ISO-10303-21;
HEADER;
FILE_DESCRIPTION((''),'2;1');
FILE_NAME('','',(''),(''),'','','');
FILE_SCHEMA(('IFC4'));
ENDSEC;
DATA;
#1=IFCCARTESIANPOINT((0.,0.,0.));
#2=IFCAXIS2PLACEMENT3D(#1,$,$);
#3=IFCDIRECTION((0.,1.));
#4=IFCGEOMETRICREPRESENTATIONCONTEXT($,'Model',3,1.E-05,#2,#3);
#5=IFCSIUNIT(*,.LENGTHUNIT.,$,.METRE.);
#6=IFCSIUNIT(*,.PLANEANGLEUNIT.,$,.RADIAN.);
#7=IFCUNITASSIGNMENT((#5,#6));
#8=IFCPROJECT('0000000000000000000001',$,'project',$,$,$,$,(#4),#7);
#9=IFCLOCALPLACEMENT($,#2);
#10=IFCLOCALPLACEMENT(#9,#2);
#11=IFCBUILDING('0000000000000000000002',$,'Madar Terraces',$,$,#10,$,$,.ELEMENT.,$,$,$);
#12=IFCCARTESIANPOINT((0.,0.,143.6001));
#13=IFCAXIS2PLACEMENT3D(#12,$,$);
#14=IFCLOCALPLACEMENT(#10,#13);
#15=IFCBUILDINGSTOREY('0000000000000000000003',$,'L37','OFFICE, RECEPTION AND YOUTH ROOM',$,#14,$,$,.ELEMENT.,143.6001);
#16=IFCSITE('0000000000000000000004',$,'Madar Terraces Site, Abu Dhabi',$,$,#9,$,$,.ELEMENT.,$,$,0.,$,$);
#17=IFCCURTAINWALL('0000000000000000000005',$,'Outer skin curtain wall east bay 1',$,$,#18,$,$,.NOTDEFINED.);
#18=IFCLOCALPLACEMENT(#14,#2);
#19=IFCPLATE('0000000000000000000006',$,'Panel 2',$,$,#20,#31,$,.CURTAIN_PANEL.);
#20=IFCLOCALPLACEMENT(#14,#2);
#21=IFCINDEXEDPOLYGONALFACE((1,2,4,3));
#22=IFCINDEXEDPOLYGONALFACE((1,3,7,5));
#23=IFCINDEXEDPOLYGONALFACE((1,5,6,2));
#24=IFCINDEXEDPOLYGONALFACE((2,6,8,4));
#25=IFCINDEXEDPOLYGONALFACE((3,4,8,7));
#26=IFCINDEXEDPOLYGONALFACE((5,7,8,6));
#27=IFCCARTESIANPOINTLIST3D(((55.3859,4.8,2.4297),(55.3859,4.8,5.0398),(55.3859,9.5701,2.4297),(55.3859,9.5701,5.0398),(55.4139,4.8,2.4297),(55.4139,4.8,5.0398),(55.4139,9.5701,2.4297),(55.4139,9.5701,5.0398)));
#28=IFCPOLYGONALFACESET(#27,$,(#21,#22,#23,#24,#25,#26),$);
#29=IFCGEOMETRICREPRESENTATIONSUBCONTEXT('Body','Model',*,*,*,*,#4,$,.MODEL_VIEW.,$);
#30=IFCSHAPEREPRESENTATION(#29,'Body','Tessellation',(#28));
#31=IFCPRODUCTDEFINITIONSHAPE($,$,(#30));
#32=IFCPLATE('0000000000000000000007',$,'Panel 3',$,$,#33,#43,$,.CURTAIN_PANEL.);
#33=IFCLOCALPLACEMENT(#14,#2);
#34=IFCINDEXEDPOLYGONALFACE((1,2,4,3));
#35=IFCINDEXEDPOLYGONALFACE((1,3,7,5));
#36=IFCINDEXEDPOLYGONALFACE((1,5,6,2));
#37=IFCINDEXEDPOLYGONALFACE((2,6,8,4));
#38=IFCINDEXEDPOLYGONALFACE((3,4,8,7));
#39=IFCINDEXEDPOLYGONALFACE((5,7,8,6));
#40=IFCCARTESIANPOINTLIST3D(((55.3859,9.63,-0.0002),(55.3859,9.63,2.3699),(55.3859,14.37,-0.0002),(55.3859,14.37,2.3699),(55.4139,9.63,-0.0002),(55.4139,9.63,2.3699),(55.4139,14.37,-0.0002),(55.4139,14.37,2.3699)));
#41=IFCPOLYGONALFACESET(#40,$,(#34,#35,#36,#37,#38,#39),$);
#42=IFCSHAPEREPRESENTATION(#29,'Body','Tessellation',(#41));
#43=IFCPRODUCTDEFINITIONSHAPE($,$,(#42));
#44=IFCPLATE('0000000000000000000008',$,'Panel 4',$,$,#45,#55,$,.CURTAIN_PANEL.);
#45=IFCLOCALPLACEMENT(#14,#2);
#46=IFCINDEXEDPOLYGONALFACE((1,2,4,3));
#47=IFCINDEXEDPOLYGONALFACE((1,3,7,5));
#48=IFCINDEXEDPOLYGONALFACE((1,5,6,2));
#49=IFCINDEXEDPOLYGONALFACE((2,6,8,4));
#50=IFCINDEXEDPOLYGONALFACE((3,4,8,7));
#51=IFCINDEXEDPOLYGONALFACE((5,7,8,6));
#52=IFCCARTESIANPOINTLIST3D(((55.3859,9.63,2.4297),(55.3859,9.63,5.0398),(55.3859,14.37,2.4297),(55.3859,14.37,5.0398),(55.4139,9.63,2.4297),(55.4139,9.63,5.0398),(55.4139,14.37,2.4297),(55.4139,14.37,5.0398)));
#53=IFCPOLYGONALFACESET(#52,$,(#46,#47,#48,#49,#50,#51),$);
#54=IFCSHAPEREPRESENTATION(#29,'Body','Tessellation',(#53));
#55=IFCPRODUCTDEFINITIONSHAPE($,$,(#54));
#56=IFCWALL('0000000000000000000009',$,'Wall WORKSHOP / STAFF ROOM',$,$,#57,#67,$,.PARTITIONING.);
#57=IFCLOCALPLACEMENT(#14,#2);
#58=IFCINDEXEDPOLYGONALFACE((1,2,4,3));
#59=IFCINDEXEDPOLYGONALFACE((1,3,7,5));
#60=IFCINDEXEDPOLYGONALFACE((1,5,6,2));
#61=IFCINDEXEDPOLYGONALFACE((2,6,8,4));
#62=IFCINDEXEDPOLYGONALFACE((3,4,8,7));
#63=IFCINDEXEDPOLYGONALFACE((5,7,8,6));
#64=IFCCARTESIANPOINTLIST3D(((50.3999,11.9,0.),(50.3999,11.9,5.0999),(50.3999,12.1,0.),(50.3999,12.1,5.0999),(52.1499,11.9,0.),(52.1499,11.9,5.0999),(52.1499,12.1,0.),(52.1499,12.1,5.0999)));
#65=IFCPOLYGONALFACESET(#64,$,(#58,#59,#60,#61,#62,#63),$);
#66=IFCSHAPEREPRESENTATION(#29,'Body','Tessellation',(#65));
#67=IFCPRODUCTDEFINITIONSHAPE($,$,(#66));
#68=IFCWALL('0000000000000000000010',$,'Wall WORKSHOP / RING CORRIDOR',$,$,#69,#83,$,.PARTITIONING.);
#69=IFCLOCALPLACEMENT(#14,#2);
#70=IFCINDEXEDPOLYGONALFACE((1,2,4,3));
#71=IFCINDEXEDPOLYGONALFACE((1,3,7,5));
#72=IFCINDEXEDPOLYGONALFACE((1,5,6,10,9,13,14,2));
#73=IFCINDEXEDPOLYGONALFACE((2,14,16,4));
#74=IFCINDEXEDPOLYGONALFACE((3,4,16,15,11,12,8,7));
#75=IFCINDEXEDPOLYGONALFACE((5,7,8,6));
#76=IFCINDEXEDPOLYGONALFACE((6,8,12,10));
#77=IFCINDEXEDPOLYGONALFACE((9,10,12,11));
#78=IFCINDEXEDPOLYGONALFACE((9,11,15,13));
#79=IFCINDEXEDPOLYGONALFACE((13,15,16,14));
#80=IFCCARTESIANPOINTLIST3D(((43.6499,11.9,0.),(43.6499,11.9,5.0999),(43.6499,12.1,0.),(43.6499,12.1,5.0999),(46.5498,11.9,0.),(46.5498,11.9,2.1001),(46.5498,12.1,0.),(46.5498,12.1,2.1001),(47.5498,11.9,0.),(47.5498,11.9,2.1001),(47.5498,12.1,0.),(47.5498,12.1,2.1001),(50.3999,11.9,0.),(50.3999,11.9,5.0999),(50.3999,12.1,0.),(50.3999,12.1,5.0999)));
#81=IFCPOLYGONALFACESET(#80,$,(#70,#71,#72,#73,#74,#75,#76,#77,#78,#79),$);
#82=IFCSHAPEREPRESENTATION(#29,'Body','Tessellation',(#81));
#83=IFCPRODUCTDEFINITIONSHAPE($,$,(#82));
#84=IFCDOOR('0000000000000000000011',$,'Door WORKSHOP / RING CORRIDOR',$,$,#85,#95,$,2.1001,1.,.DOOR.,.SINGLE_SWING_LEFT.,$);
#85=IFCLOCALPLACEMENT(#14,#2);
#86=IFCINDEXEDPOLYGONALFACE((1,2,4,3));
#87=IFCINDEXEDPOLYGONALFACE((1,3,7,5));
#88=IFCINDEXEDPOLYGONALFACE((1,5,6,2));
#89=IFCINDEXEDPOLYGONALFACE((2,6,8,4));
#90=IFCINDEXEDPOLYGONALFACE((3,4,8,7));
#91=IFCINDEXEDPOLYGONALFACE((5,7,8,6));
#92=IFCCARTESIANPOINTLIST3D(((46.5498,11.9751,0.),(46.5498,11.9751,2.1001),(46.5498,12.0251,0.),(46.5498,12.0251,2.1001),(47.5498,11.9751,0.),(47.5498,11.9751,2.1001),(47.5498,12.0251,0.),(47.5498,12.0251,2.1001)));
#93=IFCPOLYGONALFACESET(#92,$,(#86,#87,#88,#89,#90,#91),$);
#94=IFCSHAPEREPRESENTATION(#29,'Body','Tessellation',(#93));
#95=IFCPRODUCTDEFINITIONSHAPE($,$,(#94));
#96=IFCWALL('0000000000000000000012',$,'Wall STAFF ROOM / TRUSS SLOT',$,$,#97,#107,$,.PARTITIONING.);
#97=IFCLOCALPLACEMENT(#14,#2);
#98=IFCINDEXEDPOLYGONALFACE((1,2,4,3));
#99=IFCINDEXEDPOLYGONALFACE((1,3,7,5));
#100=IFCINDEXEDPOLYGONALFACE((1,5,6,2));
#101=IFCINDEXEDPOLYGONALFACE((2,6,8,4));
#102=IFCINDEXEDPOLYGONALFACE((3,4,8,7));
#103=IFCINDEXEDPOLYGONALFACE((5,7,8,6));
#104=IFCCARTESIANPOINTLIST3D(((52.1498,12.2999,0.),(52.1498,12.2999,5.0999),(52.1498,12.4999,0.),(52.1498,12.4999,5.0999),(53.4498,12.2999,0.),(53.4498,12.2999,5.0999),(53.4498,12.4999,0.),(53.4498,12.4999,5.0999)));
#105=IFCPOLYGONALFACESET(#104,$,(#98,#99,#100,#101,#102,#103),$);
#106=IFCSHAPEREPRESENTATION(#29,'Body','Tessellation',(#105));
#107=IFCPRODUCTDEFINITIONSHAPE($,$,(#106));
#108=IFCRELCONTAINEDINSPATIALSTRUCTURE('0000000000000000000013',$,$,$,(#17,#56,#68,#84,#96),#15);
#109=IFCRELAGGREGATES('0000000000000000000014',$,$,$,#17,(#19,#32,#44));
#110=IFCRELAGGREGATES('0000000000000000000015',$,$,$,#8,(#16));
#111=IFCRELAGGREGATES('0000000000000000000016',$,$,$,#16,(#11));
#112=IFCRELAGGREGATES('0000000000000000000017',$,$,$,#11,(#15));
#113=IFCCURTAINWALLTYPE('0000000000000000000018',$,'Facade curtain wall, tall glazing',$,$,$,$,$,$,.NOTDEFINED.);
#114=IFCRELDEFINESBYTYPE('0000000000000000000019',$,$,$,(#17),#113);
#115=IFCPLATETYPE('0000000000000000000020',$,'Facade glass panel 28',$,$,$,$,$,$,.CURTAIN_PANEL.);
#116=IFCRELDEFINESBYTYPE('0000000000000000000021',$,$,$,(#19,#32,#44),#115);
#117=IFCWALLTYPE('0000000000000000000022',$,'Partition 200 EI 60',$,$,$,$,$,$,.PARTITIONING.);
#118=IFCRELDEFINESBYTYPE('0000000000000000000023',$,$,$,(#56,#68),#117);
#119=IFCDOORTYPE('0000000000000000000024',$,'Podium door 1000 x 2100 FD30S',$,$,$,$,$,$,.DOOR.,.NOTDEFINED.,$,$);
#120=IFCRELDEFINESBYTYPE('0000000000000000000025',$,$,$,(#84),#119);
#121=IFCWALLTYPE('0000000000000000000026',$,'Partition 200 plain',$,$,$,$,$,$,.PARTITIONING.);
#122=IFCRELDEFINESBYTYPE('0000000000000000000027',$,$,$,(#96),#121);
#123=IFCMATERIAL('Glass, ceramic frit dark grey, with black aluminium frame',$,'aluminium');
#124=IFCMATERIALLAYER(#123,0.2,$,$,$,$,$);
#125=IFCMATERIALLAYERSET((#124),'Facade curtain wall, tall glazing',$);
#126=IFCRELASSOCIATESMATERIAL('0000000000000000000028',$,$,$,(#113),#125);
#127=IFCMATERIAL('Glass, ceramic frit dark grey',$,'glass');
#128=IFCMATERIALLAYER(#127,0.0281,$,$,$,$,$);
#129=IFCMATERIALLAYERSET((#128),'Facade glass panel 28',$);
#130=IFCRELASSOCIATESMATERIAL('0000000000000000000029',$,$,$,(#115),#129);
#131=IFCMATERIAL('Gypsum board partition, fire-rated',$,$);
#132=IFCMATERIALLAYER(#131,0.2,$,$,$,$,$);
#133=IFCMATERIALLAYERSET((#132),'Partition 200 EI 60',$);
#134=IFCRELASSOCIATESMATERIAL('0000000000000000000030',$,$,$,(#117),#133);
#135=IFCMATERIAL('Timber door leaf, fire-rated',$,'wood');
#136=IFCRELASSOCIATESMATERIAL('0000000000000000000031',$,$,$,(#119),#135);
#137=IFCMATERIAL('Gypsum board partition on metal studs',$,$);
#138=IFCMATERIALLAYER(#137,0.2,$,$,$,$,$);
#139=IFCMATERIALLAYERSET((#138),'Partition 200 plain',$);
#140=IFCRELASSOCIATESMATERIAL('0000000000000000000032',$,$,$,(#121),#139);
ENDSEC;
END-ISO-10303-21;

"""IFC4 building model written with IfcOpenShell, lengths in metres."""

from ifc_helpers import new_model, si_unit, direction, frame, frame_2d, origin, origin_2d, place, context, subcontext, project, spatial, rectangle, extrude, material, layer, layer_set, type_object, element, fill, aggregate, save


model = new_model("IFC4")

# Units and contexts
model_context = context("Model", 3, precision=1e-05, world=origin(), true_north=direction((0.0, 1.0)))
body_context = subcontext(model_context, "Body", "Model", "MODEL_VIEW")
ifc_project = project(units=[si_unit("LENGTHUNIT", "METRE"), si_unit("PLANEANGLEUNIT", "RADIAN")], contexts=[model_context])

# Site, building, storey
site_placement = place(None, origin())
site = spatial("IfcSite", under=ifc_project, at=site_placement, Name="Madar Terraces Site, Abu Dhabi", CompositionType="ELEMENT", RefElevation=0.0)
building_placement = place(site_placement, origin())
building = spatial("IfcBuilding", under=site, at=building_placement, Name="Madar Terraces", CompositionType="ELEMENT")
storey_placement = place(building_placement, frame((0.0, 0.0, 143.6001)))
storey = spatial("IfcBuildingStorey", under=building, at=storey_placement, Name="L37", Description="OFFICE, RECEPTION AND YOUTH ROOM", CompositionType="ELEMENT", Elevation=143.6001)

# Curtain wall
ifc_material_1 = material(Name="Glass, ceramic frit dark grey, with black aluminium frame", Category="aluminium")
ifc_layer_1 = layer(ifc_material_1, 0.2)
ifc_layer_set_1 = layer_set([ifc_layer_1], Name="Facade curtain wall, tall glazing")
curtain_wall_type = type_object("IfcCurtainWallType", Name="Facade curtain wall, tall glazing", PredefinedType="NOTDEFINED", material=ifc_layer_set_1)
curtain_wall_placement = place(storey_placement, origin())
curtain_wall = element("IfcCurtainWall", 1, at=curtain_wall_placement, inside=storey, type_object=curtain_wall_type, Name="Outer skin curtain wall east bay 1", PredefinedType="NOTDEFINED")

# Plates
ifc_material_2 = material(Name="Glass, ceramic frit dark grey", Category="glass")
ifc_layer_2 = layer(ifc_material_2, 0.0281)
ifc_layer_set_2 = layer_set([ifc_layer_2], Name="Facade glass panel 28")
plate_type = type_object("IfcPlateType", Name="Facade glass panel 28", PredefinedType="CURTAIN_PANEL", material=ifc_layer_set_2)
plate_1_placement = place(storey_placement, frame((55.3999, 7.1851, 2.4297), z_axis=(0.0, 0.0, 1.0), x_axis=(0.0, 1.0, 0.0)))
plate_1 = element("IfcPlate", 2, at=plate_1_placement, type_object=plate_type, Name="Panel 2", PredefinedType="CURTAIN_PANEL", context=body_context, shape_type="SweptSolid", body=[
    extrude(rectangle(XDim=4.77, YDim=0.0281, at=origin_2d()), origin(), (0.0, 0.0, 1.0), 2.6101),
])
plate_2_placement = place(storey_placement, frame((55.3999, 12.0, -0.0002), z_axis=(0.0, 0.0, 1.0), x_axis=(0.0, 1.0, 0.0)))
plate_2 = element("IfcPlate", 3, at=plate_2_placement, type_object=plate_type, Name="Panel 3", PredefinedType="CURTAIN_PANEL", context=body_context, shape_type="SweptSolid", body=[
    extrude(rectangle(XDim=4.74, YDim=0.0281, at=origin_2d()), origin(), (0.0, 0.0, 1.0), 2.3701),
])
plate_3_placement = place(storey_placement, frame((55.3999, 12.0, 2.4297), z_axis=(0.0, 0.0, 1.0), x_axis=(0.0, 1.0, 0.0)))
plate_3 = element("IfcPlate", 4, at=plate_3_placement, type_object=plate_type, Name="Panel 4", PredefinedType="CURTAIN_PANEL", context=body_context, shape_type="SweptSolid", body=[
    extrude(rectangle(XDim=4.74, YDim=0.0281, at=origin_2d()), origin(), (0.0, 0.0, 1.0), 2.6101),
])
aggregate(curtain_wall, [plate_1, plate_2, plate_3])

# Wall
ifc_material_3 = material(Name="Gypsum board partition, fire-rated")
ifc_layer_3 = layer(ifc_material_3, 0.2)
ifc_layer_set_3 = layer_set([ifc_layer_3], Name="Partition 200 EI 60")
wall_type_1 = type_object("IfcWallType", Name="Partition 200 EI 60", PredefinedType="PARTITIONING", material=ifc_layer_set_3)
wall_1_placement = place(storey_placement, frame((50.3999, 12.0, 0.0), z_axis=(0.0, 0.0, 1.0), x_axis=(1.0, 0.0, 0.0)))
element("IfcWall", 5, at=wall_1_placement, inside=storey, type_object=wall_type_1, Name="Wall WORKSHOP / STAFF ROOM", PredefinedType="PARTITIONING", context=body_context, shape_type="SweptSolid", body=[
    extrude(rectangle(XDim=1.75, YDim=0.2, at=frame_2d((0.875, 0.0))), origin(), (0.0, 0.0, 1.0), 5.0999),
])

# Wall, opening, door
wall_2_placement = place(storey_placement, frame((50.3999, 12.0, 0.0), z_axis=(0.0, 0.0, 1.0), x_axis=(-1.0, 0.0, 0.0)))
wall_2 = element("IfcWall", 6, at=wall_2_placement, inside=storey, type_object=wall_type_1, Name="Wall WORKSHOP / RING CORRIDOR", PredefinedType="PARTITIONING", context=body_context, shape_type="SweptSolid", body=[
    extrude(rectangle(XDim=6.75, YDim=0.2, at=frame_2d((3.375, 0.0))), origin(), (0.0, 0.0, 1.0), 5.0999),
])
opening_placement = place(wall_2_placement, frame((2.8501, 0.0, 0.0)))
opening = element("IfcOpeningElement", 7, at=opening_placement, cuts=wall_2, PredefinedType="OPENING", context=body_context, shape_type="SweptSolid", body=[
    extrude(rectangle(XDim=1.0, YDim=2.1001, at=frame_2d((0.5, 1.05))), frame((0.0, 0.1099, 0.0), z_axis=(0.0, -1.0, 0.0), x_axis=(1.0, 0.0, 0.0)), (0.0, 0.0, 1.0), 0.22),
])
ifc_material_4 = material(Name="Timber door leaf, fire-rated", Category="wood")
door_type = type_object("IfcDoorType", Name="Podium door 1000 x 2100 FD30S", OperationType="NOTDEFINED", PredefinedType="DOOR", material=ifc_material_4)
door_placement = place(opening_placement, origin())
door = element("IfcDoor", 8, at=door_placement, inside=storey, type_object=door_type, Name="Door WORKSHOP / RING CORRIDOR", OperationType="SINGLE_SWING_LEFT", OverallHeight=2.1001, OverallWidth=1.0, PredefinedType="DOOR", context=body_context, shape_type="SweptSolid", body=[
    extrude(rectangle(XDim=1.0, YDim=2.1001, at=frame_2d((0.5, 1.05))), frame((0.0, 0.0249, 0.0), z_axis=(0.0, -1.0, 0.0), x_axis=(1.0, 0.0, 0.0)), (0.0, 0.0, 1.0), 0.05),
])
fill(opening, door)

# Wall
ifc_material_5 = material(Name="Gypsum board partition on metal studs")
ifc_layer_4 = layer(ifc_material_5, 0.2)
ifc_layer_set_4 = layer_set([ifc_layer_4], Name="Partition 200 plain")
wall_type_2 = type_object("IfcWallType", Name="Partition 200 plain", PredefinedType="PARTITIONING", material=ifc_layer_set_4)
wall_3_placement = place(storey_placement, frame((52.1499, 12.3999, 0.0), z_axis=(0.0, 0.0, 1.0), x_axis=(1.0, 0.0, 0.0)))
element("IfcWall", 9, at=wall_3_placement, inside=storey, type_object=wall_type_2, Name="Wall STAFF ROOM / TRUSS SLOT", PredefinedType="PARTITIONING", context=body_context, shape_type="SweptSolid", body=[
    extrude(rectangle(XDim=1.3, YDim=0.2, at=frame_2d((0.6499, 0.0))), origin(), (0.0, 0.0, 1.0), 5.0999),
])

save(model, "model.ifc")
